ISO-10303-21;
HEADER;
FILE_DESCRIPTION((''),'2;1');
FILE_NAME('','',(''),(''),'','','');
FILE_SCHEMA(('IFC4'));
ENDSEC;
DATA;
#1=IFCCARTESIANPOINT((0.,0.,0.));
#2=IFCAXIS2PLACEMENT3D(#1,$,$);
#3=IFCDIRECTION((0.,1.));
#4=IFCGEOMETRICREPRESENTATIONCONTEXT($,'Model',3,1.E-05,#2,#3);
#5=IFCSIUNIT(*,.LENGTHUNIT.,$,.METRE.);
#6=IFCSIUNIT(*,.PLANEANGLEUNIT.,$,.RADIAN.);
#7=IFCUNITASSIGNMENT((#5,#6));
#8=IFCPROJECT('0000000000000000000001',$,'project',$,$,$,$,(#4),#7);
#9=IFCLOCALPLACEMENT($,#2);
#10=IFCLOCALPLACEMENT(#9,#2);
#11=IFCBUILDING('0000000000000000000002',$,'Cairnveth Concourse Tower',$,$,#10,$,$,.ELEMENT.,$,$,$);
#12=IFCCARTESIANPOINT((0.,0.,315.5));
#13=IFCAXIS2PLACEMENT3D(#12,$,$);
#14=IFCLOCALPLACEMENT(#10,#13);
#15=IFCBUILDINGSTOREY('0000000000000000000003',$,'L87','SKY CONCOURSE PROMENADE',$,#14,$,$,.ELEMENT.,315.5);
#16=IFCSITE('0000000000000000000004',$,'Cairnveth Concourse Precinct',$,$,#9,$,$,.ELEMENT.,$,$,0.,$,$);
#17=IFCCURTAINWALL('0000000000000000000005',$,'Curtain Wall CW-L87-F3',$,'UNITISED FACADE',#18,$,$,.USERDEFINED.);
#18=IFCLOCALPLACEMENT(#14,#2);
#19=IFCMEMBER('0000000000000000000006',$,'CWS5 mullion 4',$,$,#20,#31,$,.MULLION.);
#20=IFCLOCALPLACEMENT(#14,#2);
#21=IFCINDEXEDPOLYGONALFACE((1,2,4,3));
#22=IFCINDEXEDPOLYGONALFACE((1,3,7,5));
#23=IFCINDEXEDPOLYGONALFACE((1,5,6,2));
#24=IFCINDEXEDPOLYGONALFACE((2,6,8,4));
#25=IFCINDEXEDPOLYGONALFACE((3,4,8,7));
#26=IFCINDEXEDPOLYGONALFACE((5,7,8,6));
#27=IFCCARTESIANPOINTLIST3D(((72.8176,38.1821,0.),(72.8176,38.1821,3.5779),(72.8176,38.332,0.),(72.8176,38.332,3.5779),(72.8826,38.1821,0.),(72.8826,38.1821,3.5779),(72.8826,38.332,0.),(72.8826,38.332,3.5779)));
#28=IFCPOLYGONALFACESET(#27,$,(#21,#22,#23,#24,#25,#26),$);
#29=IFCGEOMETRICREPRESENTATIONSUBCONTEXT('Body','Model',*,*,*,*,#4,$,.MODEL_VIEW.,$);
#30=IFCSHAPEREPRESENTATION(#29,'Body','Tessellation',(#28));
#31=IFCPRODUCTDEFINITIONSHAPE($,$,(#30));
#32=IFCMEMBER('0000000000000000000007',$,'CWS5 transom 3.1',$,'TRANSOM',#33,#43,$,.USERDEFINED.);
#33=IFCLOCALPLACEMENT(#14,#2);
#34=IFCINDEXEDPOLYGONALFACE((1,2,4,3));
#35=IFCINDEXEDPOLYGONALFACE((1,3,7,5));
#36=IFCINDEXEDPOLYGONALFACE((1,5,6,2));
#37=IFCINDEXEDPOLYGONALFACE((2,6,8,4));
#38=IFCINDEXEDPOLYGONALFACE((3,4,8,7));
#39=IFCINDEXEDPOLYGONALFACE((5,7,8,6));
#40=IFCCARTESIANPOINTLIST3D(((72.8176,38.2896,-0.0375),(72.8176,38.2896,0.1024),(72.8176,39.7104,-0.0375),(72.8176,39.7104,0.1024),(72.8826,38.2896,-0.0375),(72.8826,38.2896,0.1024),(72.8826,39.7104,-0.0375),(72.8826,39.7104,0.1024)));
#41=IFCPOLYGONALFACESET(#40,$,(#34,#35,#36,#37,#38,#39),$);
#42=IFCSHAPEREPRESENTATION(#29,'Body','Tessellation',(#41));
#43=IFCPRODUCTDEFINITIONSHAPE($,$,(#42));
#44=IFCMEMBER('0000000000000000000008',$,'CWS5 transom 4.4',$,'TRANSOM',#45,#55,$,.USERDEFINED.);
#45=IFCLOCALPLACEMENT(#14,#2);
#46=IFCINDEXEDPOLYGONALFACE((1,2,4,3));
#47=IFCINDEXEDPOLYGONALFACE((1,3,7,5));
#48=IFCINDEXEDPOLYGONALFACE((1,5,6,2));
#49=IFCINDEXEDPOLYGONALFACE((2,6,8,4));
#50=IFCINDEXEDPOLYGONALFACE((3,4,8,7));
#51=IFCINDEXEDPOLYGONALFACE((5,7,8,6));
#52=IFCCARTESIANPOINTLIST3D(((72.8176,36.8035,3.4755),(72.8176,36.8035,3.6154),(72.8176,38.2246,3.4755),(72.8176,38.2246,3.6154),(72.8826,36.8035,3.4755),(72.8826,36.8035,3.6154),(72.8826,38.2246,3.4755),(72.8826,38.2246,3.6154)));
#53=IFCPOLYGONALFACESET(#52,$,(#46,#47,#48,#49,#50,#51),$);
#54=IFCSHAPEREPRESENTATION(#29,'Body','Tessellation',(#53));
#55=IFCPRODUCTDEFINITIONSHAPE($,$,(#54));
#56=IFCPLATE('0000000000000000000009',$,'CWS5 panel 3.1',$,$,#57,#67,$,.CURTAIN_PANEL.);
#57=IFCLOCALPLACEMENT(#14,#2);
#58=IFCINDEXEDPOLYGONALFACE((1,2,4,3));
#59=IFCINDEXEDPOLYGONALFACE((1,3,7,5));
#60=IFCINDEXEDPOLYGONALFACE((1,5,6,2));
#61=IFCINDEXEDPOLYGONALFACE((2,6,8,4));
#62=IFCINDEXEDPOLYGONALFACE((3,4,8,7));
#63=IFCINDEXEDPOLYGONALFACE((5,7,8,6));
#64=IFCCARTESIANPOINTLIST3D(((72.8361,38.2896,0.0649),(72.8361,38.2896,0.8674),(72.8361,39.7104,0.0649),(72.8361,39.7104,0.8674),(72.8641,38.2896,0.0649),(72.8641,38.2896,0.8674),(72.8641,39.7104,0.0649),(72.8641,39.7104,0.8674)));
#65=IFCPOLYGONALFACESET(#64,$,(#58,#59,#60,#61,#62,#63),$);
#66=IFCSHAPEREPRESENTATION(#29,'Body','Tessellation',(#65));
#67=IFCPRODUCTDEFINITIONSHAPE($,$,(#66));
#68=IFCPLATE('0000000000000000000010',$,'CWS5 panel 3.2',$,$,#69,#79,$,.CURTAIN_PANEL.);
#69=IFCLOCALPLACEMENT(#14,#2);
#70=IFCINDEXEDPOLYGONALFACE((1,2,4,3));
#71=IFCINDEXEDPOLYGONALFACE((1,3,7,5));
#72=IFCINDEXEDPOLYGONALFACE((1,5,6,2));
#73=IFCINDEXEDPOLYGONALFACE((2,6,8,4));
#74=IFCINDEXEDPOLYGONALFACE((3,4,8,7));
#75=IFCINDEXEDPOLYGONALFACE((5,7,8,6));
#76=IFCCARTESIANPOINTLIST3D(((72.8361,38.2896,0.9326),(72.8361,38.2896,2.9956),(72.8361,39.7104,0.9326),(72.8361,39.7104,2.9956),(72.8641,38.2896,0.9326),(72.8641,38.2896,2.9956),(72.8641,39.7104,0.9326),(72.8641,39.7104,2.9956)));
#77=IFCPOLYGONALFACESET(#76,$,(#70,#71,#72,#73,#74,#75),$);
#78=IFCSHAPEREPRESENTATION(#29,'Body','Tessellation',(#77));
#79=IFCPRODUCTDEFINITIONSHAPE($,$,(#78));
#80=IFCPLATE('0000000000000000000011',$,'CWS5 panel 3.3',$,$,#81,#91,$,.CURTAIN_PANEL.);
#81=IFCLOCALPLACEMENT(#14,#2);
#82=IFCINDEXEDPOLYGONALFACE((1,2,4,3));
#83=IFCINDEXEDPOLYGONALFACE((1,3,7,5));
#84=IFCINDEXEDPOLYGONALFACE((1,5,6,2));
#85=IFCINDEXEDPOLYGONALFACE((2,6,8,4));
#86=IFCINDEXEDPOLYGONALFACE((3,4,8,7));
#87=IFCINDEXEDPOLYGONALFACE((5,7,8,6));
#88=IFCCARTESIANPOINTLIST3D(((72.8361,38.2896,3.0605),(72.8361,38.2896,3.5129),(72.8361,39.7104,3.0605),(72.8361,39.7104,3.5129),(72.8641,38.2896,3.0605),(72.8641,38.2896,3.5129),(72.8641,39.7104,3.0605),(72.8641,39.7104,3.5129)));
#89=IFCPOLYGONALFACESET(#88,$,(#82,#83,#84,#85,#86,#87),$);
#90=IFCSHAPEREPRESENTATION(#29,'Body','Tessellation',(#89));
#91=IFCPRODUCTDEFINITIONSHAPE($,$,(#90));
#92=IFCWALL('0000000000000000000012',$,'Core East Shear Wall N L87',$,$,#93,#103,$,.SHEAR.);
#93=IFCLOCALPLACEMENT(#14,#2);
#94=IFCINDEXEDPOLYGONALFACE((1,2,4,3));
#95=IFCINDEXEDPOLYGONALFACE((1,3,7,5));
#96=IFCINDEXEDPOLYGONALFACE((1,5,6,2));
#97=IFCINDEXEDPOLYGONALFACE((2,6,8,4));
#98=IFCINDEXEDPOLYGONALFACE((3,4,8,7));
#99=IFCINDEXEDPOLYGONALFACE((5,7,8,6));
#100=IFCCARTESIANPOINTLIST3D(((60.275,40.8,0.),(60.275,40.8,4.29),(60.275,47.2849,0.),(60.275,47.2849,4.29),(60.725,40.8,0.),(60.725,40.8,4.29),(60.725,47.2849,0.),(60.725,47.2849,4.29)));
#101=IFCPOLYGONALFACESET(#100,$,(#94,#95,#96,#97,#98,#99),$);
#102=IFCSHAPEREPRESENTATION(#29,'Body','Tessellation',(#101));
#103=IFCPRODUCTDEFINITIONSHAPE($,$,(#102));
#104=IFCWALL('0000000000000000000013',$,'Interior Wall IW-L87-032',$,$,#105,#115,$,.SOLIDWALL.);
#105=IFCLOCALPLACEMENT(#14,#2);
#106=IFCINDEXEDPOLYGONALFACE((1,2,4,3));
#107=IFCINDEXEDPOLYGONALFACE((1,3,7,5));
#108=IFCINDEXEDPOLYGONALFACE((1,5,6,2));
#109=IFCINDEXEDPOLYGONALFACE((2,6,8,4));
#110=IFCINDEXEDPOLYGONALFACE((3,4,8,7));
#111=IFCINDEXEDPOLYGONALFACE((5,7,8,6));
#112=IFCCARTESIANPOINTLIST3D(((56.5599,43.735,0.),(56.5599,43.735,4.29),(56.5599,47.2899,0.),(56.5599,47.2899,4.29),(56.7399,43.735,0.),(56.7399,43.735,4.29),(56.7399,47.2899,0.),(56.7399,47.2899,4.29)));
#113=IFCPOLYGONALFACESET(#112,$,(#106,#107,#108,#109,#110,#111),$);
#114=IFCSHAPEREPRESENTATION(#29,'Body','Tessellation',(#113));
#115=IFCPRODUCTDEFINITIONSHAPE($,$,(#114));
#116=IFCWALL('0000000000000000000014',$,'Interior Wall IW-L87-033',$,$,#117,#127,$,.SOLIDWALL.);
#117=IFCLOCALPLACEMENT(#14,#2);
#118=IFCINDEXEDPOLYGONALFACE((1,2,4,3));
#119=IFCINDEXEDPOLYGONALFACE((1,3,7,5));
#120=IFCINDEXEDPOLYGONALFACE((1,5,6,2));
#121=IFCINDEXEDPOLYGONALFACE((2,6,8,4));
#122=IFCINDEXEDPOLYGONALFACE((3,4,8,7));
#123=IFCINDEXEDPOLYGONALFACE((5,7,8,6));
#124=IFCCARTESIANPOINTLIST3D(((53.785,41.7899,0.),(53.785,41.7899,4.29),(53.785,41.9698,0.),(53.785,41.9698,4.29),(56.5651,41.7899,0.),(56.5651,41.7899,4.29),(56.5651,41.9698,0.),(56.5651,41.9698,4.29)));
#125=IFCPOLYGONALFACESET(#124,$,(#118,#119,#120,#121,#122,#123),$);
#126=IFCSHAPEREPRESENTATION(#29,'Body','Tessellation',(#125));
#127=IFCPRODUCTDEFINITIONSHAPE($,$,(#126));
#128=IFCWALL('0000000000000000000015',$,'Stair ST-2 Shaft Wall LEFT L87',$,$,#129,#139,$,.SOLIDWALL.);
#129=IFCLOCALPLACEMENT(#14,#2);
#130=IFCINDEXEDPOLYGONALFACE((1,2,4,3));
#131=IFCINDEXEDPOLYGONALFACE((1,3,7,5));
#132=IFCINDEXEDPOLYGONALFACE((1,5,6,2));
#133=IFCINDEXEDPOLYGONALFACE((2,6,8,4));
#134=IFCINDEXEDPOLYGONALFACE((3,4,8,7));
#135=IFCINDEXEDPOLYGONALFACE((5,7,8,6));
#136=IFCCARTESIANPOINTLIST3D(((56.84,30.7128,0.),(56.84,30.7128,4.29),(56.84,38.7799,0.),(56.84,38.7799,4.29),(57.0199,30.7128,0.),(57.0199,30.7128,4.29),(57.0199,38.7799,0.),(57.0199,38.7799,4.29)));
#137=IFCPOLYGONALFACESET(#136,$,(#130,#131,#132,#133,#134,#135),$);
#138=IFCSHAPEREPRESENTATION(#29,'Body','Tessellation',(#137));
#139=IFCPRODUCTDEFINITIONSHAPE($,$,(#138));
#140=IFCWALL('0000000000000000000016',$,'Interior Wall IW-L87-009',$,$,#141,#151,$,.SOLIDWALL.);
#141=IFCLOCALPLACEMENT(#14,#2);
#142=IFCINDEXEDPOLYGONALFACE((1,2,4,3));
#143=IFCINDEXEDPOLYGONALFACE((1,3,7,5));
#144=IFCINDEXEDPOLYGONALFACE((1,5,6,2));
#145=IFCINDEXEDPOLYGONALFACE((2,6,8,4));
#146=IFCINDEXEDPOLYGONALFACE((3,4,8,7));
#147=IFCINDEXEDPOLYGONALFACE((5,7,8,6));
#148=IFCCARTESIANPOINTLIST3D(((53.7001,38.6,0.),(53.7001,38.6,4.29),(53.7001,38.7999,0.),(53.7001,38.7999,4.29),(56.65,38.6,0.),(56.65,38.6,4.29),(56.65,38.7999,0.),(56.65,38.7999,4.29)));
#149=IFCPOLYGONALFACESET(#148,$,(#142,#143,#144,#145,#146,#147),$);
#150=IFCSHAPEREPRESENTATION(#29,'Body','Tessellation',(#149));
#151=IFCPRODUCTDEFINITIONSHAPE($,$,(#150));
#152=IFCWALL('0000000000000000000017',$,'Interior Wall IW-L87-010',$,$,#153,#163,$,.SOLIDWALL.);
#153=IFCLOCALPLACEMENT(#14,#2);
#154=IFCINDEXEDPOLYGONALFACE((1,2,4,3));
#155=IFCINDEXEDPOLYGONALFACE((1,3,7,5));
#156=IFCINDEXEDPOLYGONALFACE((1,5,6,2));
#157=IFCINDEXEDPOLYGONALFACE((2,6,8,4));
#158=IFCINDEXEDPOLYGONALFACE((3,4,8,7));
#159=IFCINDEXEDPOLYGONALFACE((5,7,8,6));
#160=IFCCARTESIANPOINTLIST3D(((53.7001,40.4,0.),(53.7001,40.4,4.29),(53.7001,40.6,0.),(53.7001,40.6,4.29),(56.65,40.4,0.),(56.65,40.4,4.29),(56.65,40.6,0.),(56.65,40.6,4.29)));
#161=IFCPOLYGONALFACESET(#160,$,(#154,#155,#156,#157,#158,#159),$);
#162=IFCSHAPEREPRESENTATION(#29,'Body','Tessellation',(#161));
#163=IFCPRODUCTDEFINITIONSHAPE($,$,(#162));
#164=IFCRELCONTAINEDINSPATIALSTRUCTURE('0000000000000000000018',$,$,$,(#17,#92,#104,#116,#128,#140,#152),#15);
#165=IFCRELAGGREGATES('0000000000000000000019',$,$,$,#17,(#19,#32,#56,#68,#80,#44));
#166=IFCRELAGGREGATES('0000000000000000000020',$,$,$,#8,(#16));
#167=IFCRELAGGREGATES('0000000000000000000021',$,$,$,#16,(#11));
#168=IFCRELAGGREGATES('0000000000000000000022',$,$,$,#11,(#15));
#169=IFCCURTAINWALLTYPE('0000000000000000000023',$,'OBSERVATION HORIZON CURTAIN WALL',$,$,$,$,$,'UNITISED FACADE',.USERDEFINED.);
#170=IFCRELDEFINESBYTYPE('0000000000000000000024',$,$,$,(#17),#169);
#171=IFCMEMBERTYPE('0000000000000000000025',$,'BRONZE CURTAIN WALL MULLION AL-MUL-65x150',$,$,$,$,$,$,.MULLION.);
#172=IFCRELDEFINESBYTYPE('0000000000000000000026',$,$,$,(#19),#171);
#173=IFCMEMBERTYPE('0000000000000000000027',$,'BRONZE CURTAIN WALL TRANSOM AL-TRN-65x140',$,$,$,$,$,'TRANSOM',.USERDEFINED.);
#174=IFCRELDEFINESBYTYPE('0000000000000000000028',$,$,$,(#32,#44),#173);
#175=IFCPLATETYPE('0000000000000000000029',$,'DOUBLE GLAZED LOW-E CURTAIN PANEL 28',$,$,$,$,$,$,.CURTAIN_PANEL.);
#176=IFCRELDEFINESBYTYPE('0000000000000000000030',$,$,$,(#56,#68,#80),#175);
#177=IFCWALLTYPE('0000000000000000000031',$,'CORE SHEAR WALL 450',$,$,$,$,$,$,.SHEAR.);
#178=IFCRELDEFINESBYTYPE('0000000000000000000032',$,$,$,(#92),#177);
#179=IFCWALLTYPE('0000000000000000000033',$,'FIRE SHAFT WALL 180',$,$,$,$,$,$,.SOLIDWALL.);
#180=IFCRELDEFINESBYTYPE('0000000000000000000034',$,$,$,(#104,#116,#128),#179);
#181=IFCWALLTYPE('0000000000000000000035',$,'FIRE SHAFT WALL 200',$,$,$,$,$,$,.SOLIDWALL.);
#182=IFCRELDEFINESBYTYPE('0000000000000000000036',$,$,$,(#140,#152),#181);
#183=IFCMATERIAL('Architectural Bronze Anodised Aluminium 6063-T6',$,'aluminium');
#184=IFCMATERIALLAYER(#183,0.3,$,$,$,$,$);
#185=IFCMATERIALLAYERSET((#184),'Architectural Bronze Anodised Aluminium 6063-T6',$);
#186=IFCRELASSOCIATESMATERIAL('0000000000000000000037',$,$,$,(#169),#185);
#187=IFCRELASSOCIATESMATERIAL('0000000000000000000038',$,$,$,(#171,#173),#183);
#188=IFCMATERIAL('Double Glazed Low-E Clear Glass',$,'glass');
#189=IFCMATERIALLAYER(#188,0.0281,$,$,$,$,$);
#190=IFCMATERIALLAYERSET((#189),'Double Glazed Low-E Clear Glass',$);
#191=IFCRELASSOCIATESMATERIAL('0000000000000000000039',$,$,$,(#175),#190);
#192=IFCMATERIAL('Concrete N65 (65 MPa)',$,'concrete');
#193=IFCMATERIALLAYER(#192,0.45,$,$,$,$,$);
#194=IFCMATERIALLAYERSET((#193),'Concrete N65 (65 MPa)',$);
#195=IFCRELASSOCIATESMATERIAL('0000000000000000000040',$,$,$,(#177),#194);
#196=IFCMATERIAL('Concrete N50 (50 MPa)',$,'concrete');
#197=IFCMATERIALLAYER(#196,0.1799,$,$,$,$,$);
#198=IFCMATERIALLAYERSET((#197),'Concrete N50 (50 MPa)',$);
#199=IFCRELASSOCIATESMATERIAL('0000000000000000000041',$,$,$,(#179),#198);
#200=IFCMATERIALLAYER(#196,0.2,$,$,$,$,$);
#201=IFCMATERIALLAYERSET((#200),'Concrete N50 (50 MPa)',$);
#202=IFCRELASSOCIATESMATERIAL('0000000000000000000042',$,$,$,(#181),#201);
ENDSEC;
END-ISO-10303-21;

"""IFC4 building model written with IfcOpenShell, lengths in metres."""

from ifc_helpers import new_model, si_unit, direction, frame, frame_2d, origin, origin_2d, place, context, subcontext, project, spatial, rectangle, extrude, material, layer, layer_set, material_profile, profile_set, type_object, element, aggregate, save


model = new_model("IFC4")

# Units and contexts
model_context = context("Model", 3, precision=1e-05, world=origin(), true_north=direction((0.0, 1.0)))
body_context = subcontext(model_context, "Body", "Model", "MODEL_VIEW")
ifc_project = project(units=[si_unit("LENGTHUNIT", "METRE"), si_unit("PLANEANGLEUNIT", "RADIAN")], contexts=[model_context])

# Site, building, storey
site_placement = place(None, origin())
site = spatial("IfcSite", under=ifc_project, at=site_placement, Name="Cairnveth Concourse Precinct", CompositionType="ELEMENT", RefElevation=0.0)
building_placement = place(site_placement, origin())
building = spatial("IfcBuilding", under=site, at=building_placement, Name="Cairnveth Concourse Tower", CompositionType="ELEMENT")
storey_placement = place(building_placement, frame((0.0, 0.0, 315.5)))
storey = spatial("IfcBuildingStorey", under=building, at=storey_placement, Name="L87", Description="SKY CONCOURSE PROMENADE", CompositionType="ELEMENT", Elevation=315.5)

# Curtain wall, members, plates
ifc_material_1 = material(Name="Architectural Bronze Anodised Aluminium 6063-T6", Category="aluminium")
ifc_layer_1 = layer(ifc_material_1, 0.3)
ifc_layer_set_1 = layer_set([ifc_layer_1], Name="Architectural Bronze Anodised Aluminium 6063-T6")
curtain_wall_type = type_object("IfcCurtainWallType", Name="OBSERVATION HORIZON CURTAIN WALL", ElementType="UNITISED FACADE", PredefinedType="USERDEFINED", material=ifc_layer_set_1)
curtain_wall_placement = place(storey_placement, origin())
curtain_wall = element("IfcCurtainWall", 1, at=curtain_wall_placement, inside=storey, type_object=curtain_wall_type, Name="Curtain Wall CW-L87-F3", ObjectType="UNITISED FACADE", PredefinedType="USERDEFINED")
ifc_material_profile_1 = material_profile(ifc_material_1, rectangle(XDim=0.0649, YDim=0.1499, at=origin_2d()), Name="AL-MUL-65x150")
ifc_profile_set_1 = profile_set([ifc_material_profile_1], Name="Architectural Bronze Anodised Aluminium 6063-T6")
member_type_1 = type_object("IfcMemberType", Name="BRONZE CURTAIN WALL MULLION AL-MUL-65x150", PredefinedType="MULLION", material=ifc_profile_set_1)
member_1_placement = place(storey_placement, frame((72.8501, 38.2571, 0.0), z_axis=(0.0, 0.0, 1.0), x_axis=(1.0, 0.0, 0.0)))
member_1 = element("IfcMember", 2, at=member_1_placement, type_object=member_type_1, Name="CWS5 mullion 4", PredefinedType="MULLION", context=body_context, shape_type="SweptSolid", body=[
    extrude(rectangle(XDim=0.0649, YDim=0.1499, at=origin_2d()), origin(), (0.0, 0.0, 1.0), 3.5779),
])
ifc_material_profile_2 = material_profile(ifc_material_1, rectangle(XDim=0.0649, YDim=0.1399, at=origin_2d()), Name="AL-TRN-65x140")
ifc_profile_set_2 = profile_set([ifc_material_profile_2], Name="Architectural Bronze Anodised Aluminium 6063-T6")
member_type_2 = type_object("IfcMemberType", Name="BRONZE CURTAIN WALL TRANSOM AL-TRN-65x140", ElementType="TRANSOM", PredefinedType="USERDEFINED", material=ifc_profile_set_2)
member_2_placement = place(storey_placement, frame((72.8501, 39.7104, 0.0325), z_axis=(0.0, -1.0, 0.0), x_axis=(1.0, 0.0, 0.0)))
member_2 = element("IfcMember", 3, at=member_2_placement, type_object=member_type_2, Name="CWS5 transom 3.1", ObjectType="TRANSOM", PredefinedType="USERDEFINED", context=body_context, shape_type="SweptSolid", body=[
    extrude(rectangle(XDim=0.0649, YDim=0.1399, at=origin_2d()), origin(), (0.0, 0.0, 1.0), 1.4209),
])
member_3_placement = place(storey_placement, frame((72.8501, 38.2246, 3.5454), z_axis=(0.0, -1.0, 0.0), x_axis=(1.0, 0.0, 0.0)))
member_3 = element("IfcMember", 4, at=member_3_placement, type_object=member_type_2, Name="CWS5 transom 4.4", ObjectType="TRANSOM", PredefinedType="USERDEFINED", context=body_context, shape_type="SweptSolid", body=[
    extrude(rectangle(XDim=0.0649, YDim=0.1399, at=origin_2d()), origin(), (0.0, 0.0, 1.0), 1.4211),
])
ifc_material_2 = material(Name="Double Glazed Low-E Clear Glass", Category="glass")
ifc_layer_2 = layer(ifc_material_2, 0.0281)
ifc_layer_set_2 = layer_set([ifc_layer_2], Name="Double Glazed Low-E Clear Glass")
plate_type = type_object("IfcPlateType", Name="DOUBLE GLAZED LOW-E CURTAIN PANEL 28", PredefinedType="CURTAIN_PANEL", material=ifc_layer_set_2)
plate_1_placement = place(storey_placement, frame((72.8501, 39.0, 0.0649), z_axis=(0.0, 0.0, 1.0), x_axis=(0.0, -1.0, 0.0)))
plate_1 = element("IfcPlate", 5, at=plate_1_placement, type_object=plate_type, Name="CWS5 panel 3.1", PredefinedType="CURTAIN_PANEL", context=body_context, shape_type="SweptSolid", body=[
    extrude(rectangle(XDim=1.4209, YDim=0.0281, at=origin_2d()), origin(), (0.0, 0.0, 1.0), 0.8025),
])
plate_2_placement = place(storey_placement, frame((72.8501, 39.0, 0.9326), z_axis=(0.0, 0.0, 1.0), x_axis=(0.0, -1.0, 0.0)))
plate_2 = element("IfcPlate", 6, at=plate_2_placement, type_object=plate_type, Name="CWS5 panel 3.2", PredefinedType="CURTAIN_PANEL", context=body_context, shape_type="SweptSolid", body=[
    extrude(rectangle(XDim=1.4209, YDim=0.0281, at=origin_2d()), origin(), (0.0, 0.0, 1.0), 2.063),
])
plate_3_placement = place(storey_placement, frame((72.8501, 39.0, 3.0605), z_axis=(0.0, 0.0, 1.0), x_axis=(0.0, -1.0, 0.0)))
plate_3 = element("IfcPlate", 7, at=plate_3_placement, type_object=plate_type, Name="CWS5 panel 3.3", PredefinedType="CURTAIN_PANEL", context=body_context, shape_type="SweptSolid", body=[
    extrude(rectangle(XDim=1.4209, YDim=0.0281, at=origin_2d()), origin(), (0.0, 0.0, 1.0), 0.4524),
])
aggregate(curtain_wall, [member_1, member_2, plate_1, plate_2, plate_3, member_3])

# Walls
ifc_material_3 = material(Name="Concrete N65 (65 MPa)", Category="concrete")
ifc_layer_3 = layer(ifc_material_3, 0.45)
ifc_layer_set_3 = layer_set([ifc_layer_3], Name="Concrete N65 (65 MPa)")
wall_type_1 = type_object("IfcWallType", Name="CORE SHEAR WALL 450", PredefinedType="SHEAR", material=ifc_layer_set_3)
wall_1_placement = place(storey_placement, frame((60.5, 40.8, 0.0), z_axis=(0.0, 0.0, 1.0), x_axis=(0.0, 1.0, 0.0)))
element("IfcWall", 8, at=wall_1_placement, inside=storey, type_object=wall_type_1, Name="Core East Shear Wall N L87", PredefinedType="SHEAR", context=body_context, shape_type="SweptSolid", body=[
    extrude(rectangle(XDim=6.4849, YDim=0.45, at=frame_2d((3.2424, 0.0))), origin(), (0.0, 0.0, 1.0), 4.29),
])
ifc_material_4 = material(Name="Concrete N50 (50 MPa)", Category="concrete")
ifc_layer_4 = layer(ifc_material_4, 0.1799)
ifc_layer_set_4 = layer_set([ifc_layer_4], Name="Concrete N50 (50 MPa)")
wall_type_2 = type_object("IfcWallType", Name="FIRE SHAFT WALL 180", PredefinedType="SOLIDWALL", material=ifc_layer_set_4)
wall_2_placement = place(storey_placement, frame((56.6499, 43.7351, 0.0), z_axis=(0.0, 0.0, 1.0), x_axis=(0.0, 1.0, 0.0)))
element("IfcWall", 9, at=wall_2_placement, inside=storey, type_object=wall_type_2, Name="Interior Wall IW-L87-032", PredefinedType="SOLIDWALL", context=body_context, shape_type="SweptSolid", body=[
    extrude(rectangle(XDim=3.5549, YDim=0.1799, at=frame_2d((1.7773, 0.0))), origin(), (0.0, 0.0, 1.0), 4.29),
])
wall_3_placement = place(storey_placement, frame((53.7849, 41.8799, 0.0), z_axis=(0.0, 0.0, 1.0), x_axis=(1.0, 0.0, 0.0)))
element("IfcWall", 10, at=wall_3_placement, inside=storey, type_object=wall_type_2, Name="Interior Wall IW-L87-033", PredefinedType="SOLIDWALL", context=body_context, shape_type="SweptSolid", body=[
    extrude(rectangle(XDim=2.78, YDim=0.1799, at=frame_2d((1.3901, 0.0))), origin(), (0.0, 0.0, 1.0), 4.29),
])

# Walls
wall_4_placement = place(storey_placement, frame((56.9299, 38.78, 0.0), z_axis=(0.0, 0.0, 1.0), x_axis=(0.0, -1.0, 0.0)))
element("IfcWall", 11, at=wall_4_placement, inside=storey, type_object=wall_type_2, Name="Stair ST-2 Shaft Wall LEFT L87", PredefinedType="SOLIDWALL", context=body_context, shape_type="SweptSolid", body=[
    extrude(rectangle(XDim=8.0671, YDim=0.1799, at=frame_2d((4.0337, 0.0))), origin(), (0.0, 0.0, 1.0), 4.29),
])
ifc_layer_5 = layer(ifc_material_4, 0.2)
ifc_layer_set_5 = layer_set([ifc_layer_5], Name="Concrete N50 (50 MPa)")
wall_type_3 = type_object("IfcWallType", Name="FIRE SHAFT WALL 200", PredefinedType="SOLIDWALL", material=ifc_layer_set_5)
for number, where, z_axis, x_axis, name in (
    (12, (53.7, 38.7, 0.0), (0.0, 0.0, 1.0), (1.0, 0.0, 0.0), "Interior Wall IW-L87-009"),
    (13, (53.7, 40.5, 0.0), (0.0, 0.0, 1.0), (1.0, 0.0, 0.0), "Interior Wall IW-L87-010"),
):
    element("IfcWall", number, at=place(storey_placement, frame(where, z_axis=z_axis, x_axis=x_axis)), inside=storey, type_object=wall_type_3, Name=name, PredefinedType="SOLIDWALL", context=body_context, shape_type="SweptSolid", body=[
        extrude(rectangle(XDim=2.95, YDim=0.2, at=frame_2d((1.4751, 0.0))), origin(), (0.0, 0.0, 1.0), 4.29),
    ])

save(model, "model.ifc")
